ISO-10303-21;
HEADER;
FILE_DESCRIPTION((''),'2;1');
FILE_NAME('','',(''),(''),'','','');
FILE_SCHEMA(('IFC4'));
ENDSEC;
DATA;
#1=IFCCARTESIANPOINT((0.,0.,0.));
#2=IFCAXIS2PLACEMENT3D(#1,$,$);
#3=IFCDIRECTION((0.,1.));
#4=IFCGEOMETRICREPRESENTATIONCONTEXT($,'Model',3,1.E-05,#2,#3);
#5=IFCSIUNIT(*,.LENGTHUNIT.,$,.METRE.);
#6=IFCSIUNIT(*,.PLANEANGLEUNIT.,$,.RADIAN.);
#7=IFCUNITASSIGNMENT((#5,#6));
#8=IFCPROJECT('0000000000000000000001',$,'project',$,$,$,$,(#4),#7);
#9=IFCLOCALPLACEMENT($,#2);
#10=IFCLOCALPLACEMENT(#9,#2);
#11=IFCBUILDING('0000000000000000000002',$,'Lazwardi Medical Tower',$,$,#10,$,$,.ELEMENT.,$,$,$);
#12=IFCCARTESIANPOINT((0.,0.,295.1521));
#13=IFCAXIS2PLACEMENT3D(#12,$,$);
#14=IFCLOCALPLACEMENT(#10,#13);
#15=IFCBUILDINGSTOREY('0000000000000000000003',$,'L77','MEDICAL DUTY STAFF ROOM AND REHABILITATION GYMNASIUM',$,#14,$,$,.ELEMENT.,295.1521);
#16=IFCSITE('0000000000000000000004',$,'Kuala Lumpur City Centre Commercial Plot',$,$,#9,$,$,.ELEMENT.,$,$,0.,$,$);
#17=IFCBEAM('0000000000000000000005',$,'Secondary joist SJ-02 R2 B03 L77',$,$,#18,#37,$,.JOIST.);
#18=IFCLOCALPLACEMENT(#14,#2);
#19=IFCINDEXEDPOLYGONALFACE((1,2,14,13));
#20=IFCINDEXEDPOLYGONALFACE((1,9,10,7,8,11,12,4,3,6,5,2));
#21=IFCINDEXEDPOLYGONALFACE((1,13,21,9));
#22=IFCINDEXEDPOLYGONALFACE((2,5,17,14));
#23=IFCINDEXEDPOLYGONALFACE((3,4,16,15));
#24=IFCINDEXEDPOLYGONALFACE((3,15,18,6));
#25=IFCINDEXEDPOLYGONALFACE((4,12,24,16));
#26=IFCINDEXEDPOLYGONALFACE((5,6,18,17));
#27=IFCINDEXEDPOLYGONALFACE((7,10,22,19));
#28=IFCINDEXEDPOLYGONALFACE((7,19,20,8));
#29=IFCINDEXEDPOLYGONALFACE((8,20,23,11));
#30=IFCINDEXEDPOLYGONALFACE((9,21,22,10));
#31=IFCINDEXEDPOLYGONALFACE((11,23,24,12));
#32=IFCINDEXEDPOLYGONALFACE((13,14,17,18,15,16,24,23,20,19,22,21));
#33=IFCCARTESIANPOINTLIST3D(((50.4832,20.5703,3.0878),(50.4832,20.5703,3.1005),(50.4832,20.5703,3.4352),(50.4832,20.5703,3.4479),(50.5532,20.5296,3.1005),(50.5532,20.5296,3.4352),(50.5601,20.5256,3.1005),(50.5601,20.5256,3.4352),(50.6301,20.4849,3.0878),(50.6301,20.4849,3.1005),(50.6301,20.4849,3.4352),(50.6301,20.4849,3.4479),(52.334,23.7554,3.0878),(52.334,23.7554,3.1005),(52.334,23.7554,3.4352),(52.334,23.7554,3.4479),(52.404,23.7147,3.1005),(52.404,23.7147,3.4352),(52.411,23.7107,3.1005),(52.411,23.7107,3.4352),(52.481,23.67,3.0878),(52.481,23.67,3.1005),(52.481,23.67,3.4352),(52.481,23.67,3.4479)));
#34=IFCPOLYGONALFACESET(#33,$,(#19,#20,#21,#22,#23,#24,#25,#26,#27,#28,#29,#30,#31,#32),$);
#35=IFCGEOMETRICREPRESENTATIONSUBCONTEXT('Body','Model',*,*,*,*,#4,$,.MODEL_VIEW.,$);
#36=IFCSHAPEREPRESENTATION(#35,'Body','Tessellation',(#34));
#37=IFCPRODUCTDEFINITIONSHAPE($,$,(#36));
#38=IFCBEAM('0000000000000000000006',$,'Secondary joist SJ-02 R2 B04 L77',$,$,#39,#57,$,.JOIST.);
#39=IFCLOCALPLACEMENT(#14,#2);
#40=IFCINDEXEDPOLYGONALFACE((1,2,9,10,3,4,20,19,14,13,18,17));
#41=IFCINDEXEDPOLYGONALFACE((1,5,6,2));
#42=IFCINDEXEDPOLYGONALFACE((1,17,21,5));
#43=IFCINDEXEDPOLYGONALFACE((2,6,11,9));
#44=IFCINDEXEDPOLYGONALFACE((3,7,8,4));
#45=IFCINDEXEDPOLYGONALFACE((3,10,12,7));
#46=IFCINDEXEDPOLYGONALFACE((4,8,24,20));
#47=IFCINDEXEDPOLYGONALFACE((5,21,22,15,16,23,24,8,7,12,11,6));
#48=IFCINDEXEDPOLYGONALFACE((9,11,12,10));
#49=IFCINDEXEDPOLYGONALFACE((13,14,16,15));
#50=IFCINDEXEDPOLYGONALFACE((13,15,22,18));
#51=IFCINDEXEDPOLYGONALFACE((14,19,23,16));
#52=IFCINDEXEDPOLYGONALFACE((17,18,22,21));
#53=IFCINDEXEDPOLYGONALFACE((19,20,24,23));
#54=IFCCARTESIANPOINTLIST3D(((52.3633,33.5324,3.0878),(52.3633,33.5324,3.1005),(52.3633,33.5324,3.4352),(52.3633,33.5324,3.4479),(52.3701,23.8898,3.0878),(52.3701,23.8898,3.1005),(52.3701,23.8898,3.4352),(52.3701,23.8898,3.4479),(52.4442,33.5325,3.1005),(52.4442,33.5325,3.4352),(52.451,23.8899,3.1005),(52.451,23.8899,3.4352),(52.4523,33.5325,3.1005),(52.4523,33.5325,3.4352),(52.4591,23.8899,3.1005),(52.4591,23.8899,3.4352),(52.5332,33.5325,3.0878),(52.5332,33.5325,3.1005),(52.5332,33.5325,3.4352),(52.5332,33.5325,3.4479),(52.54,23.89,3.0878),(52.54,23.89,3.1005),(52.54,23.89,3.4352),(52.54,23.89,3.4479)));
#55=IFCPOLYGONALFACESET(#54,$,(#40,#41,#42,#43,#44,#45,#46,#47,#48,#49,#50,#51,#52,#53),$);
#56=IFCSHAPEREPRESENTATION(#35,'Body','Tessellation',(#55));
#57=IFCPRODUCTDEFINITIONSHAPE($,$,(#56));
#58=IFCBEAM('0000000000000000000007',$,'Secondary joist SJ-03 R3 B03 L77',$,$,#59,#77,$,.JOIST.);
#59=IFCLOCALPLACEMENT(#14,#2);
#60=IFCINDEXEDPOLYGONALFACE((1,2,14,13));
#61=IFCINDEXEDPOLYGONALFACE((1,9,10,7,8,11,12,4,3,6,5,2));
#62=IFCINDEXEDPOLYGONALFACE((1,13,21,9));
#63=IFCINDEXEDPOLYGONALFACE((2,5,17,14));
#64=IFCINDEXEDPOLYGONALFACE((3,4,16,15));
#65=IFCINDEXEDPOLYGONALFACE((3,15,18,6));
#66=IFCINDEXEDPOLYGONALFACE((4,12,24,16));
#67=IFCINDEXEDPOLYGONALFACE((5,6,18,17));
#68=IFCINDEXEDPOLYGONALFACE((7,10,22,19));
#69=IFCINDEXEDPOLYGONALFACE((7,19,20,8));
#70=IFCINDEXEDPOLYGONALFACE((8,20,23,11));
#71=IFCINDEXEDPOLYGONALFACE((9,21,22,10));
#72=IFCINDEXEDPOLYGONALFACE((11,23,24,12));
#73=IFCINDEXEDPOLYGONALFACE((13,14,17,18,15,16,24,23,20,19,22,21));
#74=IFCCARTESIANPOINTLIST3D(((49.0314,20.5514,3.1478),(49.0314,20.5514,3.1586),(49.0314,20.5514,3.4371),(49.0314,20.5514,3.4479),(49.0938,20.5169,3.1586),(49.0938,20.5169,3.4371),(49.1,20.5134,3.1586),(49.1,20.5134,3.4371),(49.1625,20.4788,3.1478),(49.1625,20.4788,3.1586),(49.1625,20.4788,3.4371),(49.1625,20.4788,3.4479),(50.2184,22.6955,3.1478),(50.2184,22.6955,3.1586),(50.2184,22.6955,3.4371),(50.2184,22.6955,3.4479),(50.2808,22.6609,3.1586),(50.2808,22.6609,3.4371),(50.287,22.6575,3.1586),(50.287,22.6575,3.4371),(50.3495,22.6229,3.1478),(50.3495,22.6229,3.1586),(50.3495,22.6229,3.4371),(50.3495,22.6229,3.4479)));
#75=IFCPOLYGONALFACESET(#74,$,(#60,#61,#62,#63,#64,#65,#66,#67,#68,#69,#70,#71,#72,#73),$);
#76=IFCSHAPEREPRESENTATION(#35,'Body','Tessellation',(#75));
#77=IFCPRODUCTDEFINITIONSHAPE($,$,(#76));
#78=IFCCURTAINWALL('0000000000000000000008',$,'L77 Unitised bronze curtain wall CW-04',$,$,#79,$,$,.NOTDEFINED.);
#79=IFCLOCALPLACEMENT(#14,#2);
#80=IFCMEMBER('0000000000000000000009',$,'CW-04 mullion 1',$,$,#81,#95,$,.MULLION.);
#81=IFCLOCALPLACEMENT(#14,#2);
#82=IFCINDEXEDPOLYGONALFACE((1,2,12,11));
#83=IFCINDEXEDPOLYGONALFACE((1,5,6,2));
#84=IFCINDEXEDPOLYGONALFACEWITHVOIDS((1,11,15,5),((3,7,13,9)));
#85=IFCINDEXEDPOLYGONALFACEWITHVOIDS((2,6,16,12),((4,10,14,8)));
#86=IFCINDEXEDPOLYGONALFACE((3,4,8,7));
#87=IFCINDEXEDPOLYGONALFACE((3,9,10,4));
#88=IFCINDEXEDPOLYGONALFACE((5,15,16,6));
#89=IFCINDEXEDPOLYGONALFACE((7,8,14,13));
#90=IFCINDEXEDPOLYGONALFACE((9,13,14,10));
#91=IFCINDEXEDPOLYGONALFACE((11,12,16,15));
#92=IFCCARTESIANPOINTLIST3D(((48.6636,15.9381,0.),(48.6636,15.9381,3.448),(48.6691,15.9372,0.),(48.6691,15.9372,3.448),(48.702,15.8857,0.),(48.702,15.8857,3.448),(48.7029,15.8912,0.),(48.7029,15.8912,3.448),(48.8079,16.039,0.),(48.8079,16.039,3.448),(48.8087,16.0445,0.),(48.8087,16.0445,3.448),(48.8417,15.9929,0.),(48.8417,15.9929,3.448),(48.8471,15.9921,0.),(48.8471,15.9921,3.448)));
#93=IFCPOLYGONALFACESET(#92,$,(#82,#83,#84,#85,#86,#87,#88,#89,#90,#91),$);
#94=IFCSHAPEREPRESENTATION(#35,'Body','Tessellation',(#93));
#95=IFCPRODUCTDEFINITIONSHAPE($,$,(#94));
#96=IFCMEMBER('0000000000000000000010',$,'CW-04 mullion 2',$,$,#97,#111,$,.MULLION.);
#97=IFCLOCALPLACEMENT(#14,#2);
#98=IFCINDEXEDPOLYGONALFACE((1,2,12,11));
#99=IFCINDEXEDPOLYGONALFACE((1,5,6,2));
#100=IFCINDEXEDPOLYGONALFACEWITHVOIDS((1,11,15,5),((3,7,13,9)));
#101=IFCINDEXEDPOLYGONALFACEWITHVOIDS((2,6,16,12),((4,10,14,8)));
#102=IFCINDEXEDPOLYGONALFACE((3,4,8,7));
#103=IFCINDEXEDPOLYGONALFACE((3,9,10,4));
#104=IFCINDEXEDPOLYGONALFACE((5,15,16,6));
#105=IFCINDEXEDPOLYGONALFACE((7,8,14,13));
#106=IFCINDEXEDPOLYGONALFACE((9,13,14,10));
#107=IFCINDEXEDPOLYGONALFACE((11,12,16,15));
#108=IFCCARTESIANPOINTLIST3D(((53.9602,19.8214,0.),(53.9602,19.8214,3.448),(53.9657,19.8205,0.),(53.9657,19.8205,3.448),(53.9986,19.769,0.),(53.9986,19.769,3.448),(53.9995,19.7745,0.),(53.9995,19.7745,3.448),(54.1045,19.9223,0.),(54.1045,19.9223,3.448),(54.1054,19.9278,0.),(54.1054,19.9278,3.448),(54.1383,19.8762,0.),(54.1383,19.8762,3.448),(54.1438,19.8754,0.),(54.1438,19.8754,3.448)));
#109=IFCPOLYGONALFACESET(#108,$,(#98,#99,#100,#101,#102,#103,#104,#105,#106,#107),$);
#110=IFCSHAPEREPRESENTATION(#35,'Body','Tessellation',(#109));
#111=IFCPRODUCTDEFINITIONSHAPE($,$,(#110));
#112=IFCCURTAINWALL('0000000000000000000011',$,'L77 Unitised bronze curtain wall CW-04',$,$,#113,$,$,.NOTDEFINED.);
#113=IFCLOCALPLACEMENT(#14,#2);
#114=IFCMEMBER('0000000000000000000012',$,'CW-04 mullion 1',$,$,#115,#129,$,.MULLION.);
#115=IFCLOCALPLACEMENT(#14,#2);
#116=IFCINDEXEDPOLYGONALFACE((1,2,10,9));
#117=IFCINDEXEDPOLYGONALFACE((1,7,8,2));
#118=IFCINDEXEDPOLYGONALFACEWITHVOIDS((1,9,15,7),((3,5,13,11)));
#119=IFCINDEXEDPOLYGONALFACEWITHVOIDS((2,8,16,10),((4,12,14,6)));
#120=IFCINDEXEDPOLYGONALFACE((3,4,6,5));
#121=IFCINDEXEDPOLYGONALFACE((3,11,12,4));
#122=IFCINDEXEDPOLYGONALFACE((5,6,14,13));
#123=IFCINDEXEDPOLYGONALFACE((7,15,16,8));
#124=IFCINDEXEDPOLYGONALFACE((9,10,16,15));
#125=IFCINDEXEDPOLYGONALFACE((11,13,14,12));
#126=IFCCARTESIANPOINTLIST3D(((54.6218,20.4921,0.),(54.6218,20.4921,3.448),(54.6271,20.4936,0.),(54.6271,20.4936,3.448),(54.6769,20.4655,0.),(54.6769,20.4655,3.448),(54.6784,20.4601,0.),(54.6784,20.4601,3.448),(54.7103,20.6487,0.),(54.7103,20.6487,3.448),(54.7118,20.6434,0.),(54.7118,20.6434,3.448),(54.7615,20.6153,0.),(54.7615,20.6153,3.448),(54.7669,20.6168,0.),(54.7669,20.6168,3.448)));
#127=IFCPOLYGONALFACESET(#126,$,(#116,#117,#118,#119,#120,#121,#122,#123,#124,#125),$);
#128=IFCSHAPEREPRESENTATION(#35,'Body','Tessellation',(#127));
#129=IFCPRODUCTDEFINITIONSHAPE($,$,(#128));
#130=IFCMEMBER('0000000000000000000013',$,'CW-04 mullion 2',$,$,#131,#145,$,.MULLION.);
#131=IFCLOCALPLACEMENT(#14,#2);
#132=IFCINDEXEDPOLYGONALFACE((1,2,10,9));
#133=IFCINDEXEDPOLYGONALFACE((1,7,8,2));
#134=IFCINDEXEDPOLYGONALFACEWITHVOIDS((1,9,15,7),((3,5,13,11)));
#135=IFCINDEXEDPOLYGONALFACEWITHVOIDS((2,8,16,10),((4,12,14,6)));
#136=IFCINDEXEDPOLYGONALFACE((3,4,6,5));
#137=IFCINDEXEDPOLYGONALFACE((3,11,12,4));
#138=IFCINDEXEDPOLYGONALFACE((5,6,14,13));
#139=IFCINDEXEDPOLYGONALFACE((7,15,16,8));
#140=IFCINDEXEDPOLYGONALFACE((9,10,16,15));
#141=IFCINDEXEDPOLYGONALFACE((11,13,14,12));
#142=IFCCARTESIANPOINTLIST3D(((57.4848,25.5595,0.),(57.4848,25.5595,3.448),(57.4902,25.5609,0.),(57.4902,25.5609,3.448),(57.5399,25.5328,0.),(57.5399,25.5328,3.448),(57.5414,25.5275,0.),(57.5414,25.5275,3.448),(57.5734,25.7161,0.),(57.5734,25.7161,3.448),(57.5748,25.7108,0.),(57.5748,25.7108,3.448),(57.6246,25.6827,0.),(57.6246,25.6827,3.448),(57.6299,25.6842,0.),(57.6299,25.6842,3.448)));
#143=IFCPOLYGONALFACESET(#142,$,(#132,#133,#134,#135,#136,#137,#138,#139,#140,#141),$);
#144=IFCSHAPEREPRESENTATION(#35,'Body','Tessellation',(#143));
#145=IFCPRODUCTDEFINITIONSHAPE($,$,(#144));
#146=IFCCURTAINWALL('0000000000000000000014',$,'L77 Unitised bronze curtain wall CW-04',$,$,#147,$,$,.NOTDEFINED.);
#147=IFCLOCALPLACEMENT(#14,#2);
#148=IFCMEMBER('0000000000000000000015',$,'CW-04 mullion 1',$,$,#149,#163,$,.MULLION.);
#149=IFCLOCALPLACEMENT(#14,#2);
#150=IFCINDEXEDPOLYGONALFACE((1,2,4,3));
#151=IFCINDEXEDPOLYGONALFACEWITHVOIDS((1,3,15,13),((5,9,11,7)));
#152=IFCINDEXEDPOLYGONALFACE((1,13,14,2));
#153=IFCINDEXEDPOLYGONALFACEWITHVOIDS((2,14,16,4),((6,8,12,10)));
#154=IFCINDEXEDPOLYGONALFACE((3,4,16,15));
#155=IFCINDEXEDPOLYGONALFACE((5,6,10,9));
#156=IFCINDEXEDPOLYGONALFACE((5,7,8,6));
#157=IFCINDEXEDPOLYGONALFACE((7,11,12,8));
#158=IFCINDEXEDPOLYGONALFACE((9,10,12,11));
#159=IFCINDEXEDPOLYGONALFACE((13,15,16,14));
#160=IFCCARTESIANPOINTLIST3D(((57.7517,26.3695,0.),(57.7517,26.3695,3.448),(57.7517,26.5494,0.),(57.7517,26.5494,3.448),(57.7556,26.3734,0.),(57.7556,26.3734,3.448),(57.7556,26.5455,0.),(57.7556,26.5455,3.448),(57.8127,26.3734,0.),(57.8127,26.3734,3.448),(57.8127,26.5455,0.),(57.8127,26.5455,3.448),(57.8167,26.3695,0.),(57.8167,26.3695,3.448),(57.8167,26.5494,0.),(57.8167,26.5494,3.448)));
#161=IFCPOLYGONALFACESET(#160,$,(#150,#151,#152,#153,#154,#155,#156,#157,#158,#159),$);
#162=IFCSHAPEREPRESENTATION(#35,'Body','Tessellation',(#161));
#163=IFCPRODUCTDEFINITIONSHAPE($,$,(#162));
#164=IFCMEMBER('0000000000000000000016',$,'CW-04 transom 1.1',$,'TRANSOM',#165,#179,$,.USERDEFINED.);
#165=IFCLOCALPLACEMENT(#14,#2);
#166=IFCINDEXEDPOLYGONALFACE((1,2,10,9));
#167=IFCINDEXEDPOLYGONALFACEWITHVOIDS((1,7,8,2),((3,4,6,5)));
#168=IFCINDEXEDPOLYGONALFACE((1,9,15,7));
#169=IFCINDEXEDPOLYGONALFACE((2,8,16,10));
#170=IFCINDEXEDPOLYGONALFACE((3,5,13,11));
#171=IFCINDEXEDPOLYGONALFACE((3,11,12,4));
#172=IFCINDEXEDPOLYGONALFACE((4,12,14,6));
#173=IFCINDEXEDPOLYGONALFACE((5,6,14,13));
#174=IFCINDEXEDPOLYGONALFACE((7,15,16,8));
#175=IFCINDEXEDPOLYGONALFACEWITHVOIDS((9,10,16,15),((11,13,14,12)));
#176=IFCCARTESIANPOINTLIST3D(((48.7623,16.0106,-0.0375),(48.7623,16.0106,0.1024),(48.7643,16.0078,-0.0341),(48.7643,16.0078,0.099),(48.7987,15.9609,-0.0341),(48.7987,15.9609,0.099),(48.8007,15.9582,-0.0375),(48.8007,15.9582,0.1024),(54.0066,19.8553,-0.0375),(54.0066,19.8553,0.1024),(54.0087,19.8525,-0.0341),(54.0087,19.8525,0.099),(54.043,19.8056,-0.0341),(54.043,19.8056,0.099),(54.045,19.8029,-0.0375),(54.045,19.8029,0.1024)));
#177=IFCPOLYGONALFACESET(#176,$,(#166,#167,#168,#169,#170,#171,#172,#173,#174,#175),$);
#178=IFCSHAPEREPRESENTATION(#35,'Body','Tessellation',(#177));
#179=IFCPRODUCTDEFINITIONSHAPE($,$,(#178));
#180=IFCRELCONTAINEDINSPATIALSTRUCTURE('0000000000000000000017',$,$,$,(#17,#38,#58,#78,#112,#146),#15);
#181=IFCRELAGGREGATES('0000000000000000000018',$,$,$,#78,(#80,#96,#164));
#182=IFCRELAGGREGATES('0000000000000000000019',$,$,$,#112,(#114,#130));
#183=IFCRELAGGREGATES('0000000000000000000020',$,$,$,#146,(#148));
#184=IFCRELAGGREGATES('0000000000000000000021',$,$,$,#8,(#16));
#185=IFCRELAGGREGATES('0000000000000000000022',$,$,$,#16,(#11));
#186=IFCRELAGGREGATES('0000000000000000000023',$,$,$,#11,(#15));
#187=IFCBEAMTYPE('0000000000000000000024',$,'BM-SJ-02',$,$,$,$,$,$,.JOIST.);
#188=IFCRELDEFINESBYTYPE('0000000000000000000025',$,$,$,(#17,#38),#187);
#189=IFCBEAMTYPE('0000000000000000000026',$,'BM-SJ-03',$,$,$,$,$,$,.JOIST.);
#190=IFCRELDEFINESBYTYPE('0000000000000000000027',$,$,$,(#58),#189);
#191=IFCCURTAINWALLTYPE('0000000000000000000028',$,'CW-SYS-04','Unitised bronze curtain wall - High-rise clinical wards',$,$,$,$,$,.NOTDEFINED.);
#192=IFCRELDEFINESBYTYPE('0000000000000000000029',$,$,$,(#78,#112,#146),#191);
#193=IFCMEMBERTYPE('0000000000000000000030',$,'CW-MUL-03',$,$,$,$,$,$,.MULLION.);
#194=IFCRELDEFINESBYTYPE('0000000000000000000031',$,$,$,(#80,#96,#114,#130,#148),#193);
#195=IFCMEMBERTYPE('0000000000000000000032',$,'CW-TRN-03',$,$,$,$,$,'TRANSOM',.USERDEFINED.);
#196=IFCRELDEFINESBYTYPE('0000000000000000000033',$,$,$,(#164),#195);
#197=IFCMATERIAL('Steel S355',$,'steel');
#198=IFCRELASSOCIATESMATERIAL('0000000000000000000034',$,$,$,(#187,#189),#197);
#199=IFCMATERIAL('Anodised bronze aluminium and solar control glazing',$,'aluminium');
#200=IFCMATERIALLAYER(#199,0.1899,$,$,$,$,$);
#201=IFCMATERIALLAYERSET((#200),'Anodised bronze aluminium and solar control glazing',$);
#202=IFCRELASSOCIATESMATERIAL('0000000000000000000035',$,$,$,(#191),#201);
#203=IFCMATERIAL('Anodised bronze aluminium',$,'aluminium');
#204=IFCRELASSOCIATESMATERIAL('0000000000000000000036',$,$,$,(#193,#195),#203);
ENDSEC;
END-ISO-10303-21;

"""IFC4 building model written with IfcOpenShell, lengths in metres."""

from ifc_helpers import new_model, si_unit, direction, frame, origin, origin_2d, place, context, subcontext, project, spatial, hollow_rectangle, i_section, extrude, material, layer, layer_set, material_profile, profile_set, type_object, element, aggregate, save


model = new_model("IFC4")

# Units and contexts
model_context = context("Model", 3, precision=1e-05, world=origin(), true_north=direction((0.0, 1.0)))
body_context = subcontext(model_context, "Body", "Model", "MODEL_VIEW")
ifc_project = project(units=[si_unit("LENGTHUNIT", "METRE"), si_unit("PLANEANGLEUNIT", "RADIAN")], contexts=[model_context])

# Site, building, storey
site_placement = place(None, origin())
site = spatial("IfcSite", under=ifc_project, at=site_placement, Name="Kuala Lumpur City Centre Commercial Plot", CompositionType="ELEMENT", RefElevation=0.0)
building_placement = place(site_placement, origin())
building = spatial("IfcBuilding", under=site, at=building_placement, Name="Lazwardi Medical Tower", CompositionType="ELEMENT")
storey_placement = place(building_placement, frame((0.0, 0.0, 295.1521)))
storey = spatial("IfcBuildingStorey", under=building, at=storey_placement, Name="L77", Description="MEDICAL DUTY STAFF ROOM AND REHABILITATION GYMNASIUM", CompositionType="ELEMENT", Elevation=295.1521)

# Beams
ifc_material_1 = material(Name="Steel S355", Category="steel")
ifc_material_profile_1 = material_profile(ifc_material_1, i_section(OverallWidth=0.1699, OverallDepth=0.3601, WebThickness=0.0081, FlangeThickness=0.0127, at=origin_2d()), Name="IPE 360")
ifc_profile_set_1 = profile_set([ifc_material_profile_1], Name="Steel S355")
beam_type_1 = type_object("IfcBeamType", Name="BM-SJ-02", PredefinedType="JOIST", material=ifc_profile_set_1)
beam_1_placement = place(storey_placement, frame((50.5566, 20.5276, 3.2678), z_axis=(0.502428, 0.864619, 0.0), x_axis=(-0.864619, 0.502428, 0.0)))
element("IfcBeam", 1, at=beam_1_placement, inside=storey, type_object=beam_type_1, Name="Secondary joist SJ-02 R2 B03 L77", PredefinedType="JOIST", context=body_context, shape_type="SweptSolid", body=[
    extrude(i_section(OverallWidth=0.1699, OverallDepth=0.3601, WebThickness=0.0081, FlangeThickness=0.0127, at=origin_2d()), origin(), (0.0, 0.0, 1.0), 3.6838),
])
beam_2_placement = place(storey_placement, frame((52.4551, 23.8899, 3.2678), z_axis=(-0.000709, 1.0, 0.0), x_axis=(-1.0, -0.000709, 0.0)))
element("IfcBeam", 2, at=beam_2_placement, inside=storey, type_object=beam_type_1, Name="Secondary joist SJ-02 R2 B04 L77", PredefinedType="JOIST", context=body_context, shape_type="SweptSolid", body=[
    extrude(i_section(OverallWidth=0.1699, OverallDepth=0.3601, WebThickness=0.0081, FlangeThickness=0.0127, at=origin_2d()), origin(), (0.0, 0.0, 1.0), 9.6426),
])
ifc_material_profile_2 = material_profile(ifc_material_1, i_section(OverallWidth=0.1499, OverallDepth=0.3, WebThickness=0.0071, FlangeThickness=0.0107, at=origin_2d()), Name="IPE 300")
ifc_profile_set_2 = profile_set([ifc_material_profile_2], Name="Steel S355")
beam_type_2 = type_object("IfcBeamType", Name="BM-SJ-03", PredefinedType="JOIST", material=ifc_profile_set_2)
beam_3_placement = place(storey_placement, frame((49.0969, 20.5151, 3.2979), z_axis=(0.484357, 0.874871, 0.0), x_axis=(-0.874871, 0.484357, 0.0)))
element("IfcBeam", 3, at=beam_3_placement, inside=storey, type_object=beam_type_2, Name="Secondary joist SJ-03 R3 B03 L77", PredefinedType="JOIST", context=body_context, shape_type="SweptSolid", body=[
    extrude(i_section(OverallWidth=0.1499, OverallDepth=0.3, WebThickness=0.0071, FlangeThickness=0.0107, at=origin_2d()), origin(), (0.0, 0.0, 1.0), 2.4507),
])

# Curtain walls, members
ifc_material_2 = material(Name="Anodised bronze aluminium and solar control glazing", Category="aluminium")
ifc_layer_1 = layer(ifc_material_2, 0.1899)
ifc_layer_set_1 = layer_set([ifc_layer_1], Name="Anodised bronze aluminium and solar control glazing")
curtain_wall_type = type_object("IfcCurtainWallType", Name="CW-SYS-04", Description="Unitised bronze curtain wall - High-rise clinical wards", PredefinedType="NOTDEFINED", material=ifc_layer_set_1)
curtain_wall_1_placement = place(storey_placement, origin())
curtain_wall_1 = element("IfcCurtainWall", 4, at=curtain_wall_1_placement, inside=storey, type_object=curtain_wall_type, Name="L77 Unitised bronze curtain wall CW-04", PredefinedType="NOTDEFINED")
ifc_material_3 = material(Name="Anodised bronze aluminium", Category="aluminium")
ifc_material_profile_3 = material_profile(ifc_material_3, hollow_rectangle(XDim=0.0649, YDim=0.1799, WallThickness=0.0039, at=origin_2d()), Name="ALU-MULLION 180x65x4")
ifc_profile_set_3 = profile_set([ifc_material_profile_3], Name="Anodised bronze aluminium")
member_type_1 = type_object("IfcMemberType", Name="CW-MUL-03", PredefinedType="MULLION", material=ifc_profile_set_3)
member_1_placement = place(storey_placement, frame((48.7554, 15.9651, 0.0), z_axis=(0.0, 0.0, 1.0), x_axis=(-0.591268, 0.806475, 0.0)))
member_1 = element("IfcMember", 5, at=member_1_placement, type_object=member_type_1, Name="CW-04 mullion 1", PredefinedType="MULLION", context=body_context, shape_type="SweptSolid", body=[
    extrude(hollow_rectangle(XDim=0.0649, YDim=0.1799, WallThickness=0.0039, at=origin_2d()), origin(), (0.0, 0.0, 1.0), 3.448),
])
member_2_placement = place(storey_placement, frame((54.052, 19.8484, 0.0), z_axis=(0.0, 0.0, 1.0), x_axis=(-0.591268, 0.806475, 0.0)))
member_2 = element("IfcMember", 6, at=member_2_placement, type_object=member_type_1, Name="CW-04 mullion 2", PredefinedType="MULLION", context=body_context, shape_type="SweptSolid", body=[
    extrude(hollow_rectangle(XDim=0.0649, YDim=0.1799, WallThickness=0.0039, at=origin_2d()), origin(), (0.0, 0.0, 1.0), 3.448),
])
curtain_wall_2_placement = place(storey_placement, origin())
curtain_wall_2 = element("IfcCurtainWall", 7, at=curtain_wall_2_placement, inside=storey, type_object=curtain_wall_type, Name="L77 Unitised bronze curtain wall CW-04", PredefinedType="NOTDEFINED")
member_3_placement = place(storey_placement, frame((54.6943, 20.5544, 0.0), z_axis=(0.0, 0.0, 1.0), x_axis=(-0.870651, 0.4919, 0.0)))
member_3 = element("IfcMember", 8, at=member_3_placement, type_object=member_type_1, Name="CW-04 mullion 1", PredefinedType="MULLION", context=body_context, shape_type="SweptSolid", body=[
    extrude(hollow_rectangle(XDim=0.0649, YDim=0.1799, WallThickness=0.0039, at=origin_2d()), origin(), (0.0, 0.0, 1.0), 3.448),
])
member_4_placement = place(storey_placement, frame((57.5574, 25.6218, 0.0), z_axis=(0.0, 0.0, 1.0), x_axis=(-0.870651, 0.4919, 0.0)))
member_4 = element("IfcMember", 9, at=member_4_placement, type_object=member_type_1, Name="CW-04 mullion 2", PredefinedType="MULLION", context=body_context, shape_type="SweptSolid", body=[
    extrude(hollow_rectangle(XDim=0.0649, YDim=0.1799, WallThickness=0.0039, at=origin_2d()), origin(), (0.0, 0.0, 1.0), 3.448),
])

# Curtain wall, member
curtain_wall_3_placement = place(storey_placement, origin())
curtain_wall_3 = element("IfcCurtainWall", 10, at=curtain_wall_3_placement, inside=storey, type_object=curtain_wall_type, Name="L77 Unitised bronze curtain wall CW-04", PredefinedType="NOTDEFINED")
member_5_placement = place(storey_placement, frame((57.7842, 26.4595, 0.0), z_axis=(0.0, 0.0, 1.0), x_axis=(-1.0, 0.0, 0.0)))
member_5 = element("IfcMember", 11, at=member_5_placement, type_object=member_type_1, Name="CW-04 mullion 1", PredefinedType="MULLION", context=body_context, shape_type="SweptSolid", body=[
    extrude(hollow_rectangle(XDim=0.0649, YDim=0.1799, WallThickness=0.0039, at=origin_2d()), origin(), (0.0, 0.0, 1.0), 3.448),
])

# Member
ifc_material_profile_4 = material_profile(ifc_material_3, hollow_rectangle(XDim=0.0649, YDim=0.1399, WallThickness=0.0034, at=origin_2d()), Name="ALU-TRANSOM 140x65x3.5")
ifc_profile_set_4 = profile_set([ifc_material_profile_4], Name="Anodised bronze aluminium")
member_type_2 = type_object("IfcMemberType", Name="CW-TRN-03", ElementType="TRANSOM", PredefinedType="USERDEFINED", material=ifc_profile_set_4)
member_6_placement = place(storey_placement, frame((48.7815, 15.9844, 0.0325), z_axis=(0.80649, 0.591248, 0.0), x_axis=(-0.591248, 0.80649, 0.0)))
member_6 = element("IfcMember", 12, at=member_6_placement, type_object=member_type_2, Name="CW-04 transom 1.1", ObjectType="TRANSOM", PredefinedType="USERDEFINED", context=body_context, shape_type="SweptSolid", body=[
    extrude(hollow_rectangle(XDim=0.0649, YDim=0.1399, WallThickness=0.0034, at=origin_2d()), origin(), (0.0, 0.0, 1.0), 6.5027),
])

aggregate(curtain_wall_1, [member_1, member_2, member_6])
aggregate(curtain_wall_2, [member_3, member_4])
aggregate(curtain_wall_3, [member_5])

save(model, "model.ifc")
